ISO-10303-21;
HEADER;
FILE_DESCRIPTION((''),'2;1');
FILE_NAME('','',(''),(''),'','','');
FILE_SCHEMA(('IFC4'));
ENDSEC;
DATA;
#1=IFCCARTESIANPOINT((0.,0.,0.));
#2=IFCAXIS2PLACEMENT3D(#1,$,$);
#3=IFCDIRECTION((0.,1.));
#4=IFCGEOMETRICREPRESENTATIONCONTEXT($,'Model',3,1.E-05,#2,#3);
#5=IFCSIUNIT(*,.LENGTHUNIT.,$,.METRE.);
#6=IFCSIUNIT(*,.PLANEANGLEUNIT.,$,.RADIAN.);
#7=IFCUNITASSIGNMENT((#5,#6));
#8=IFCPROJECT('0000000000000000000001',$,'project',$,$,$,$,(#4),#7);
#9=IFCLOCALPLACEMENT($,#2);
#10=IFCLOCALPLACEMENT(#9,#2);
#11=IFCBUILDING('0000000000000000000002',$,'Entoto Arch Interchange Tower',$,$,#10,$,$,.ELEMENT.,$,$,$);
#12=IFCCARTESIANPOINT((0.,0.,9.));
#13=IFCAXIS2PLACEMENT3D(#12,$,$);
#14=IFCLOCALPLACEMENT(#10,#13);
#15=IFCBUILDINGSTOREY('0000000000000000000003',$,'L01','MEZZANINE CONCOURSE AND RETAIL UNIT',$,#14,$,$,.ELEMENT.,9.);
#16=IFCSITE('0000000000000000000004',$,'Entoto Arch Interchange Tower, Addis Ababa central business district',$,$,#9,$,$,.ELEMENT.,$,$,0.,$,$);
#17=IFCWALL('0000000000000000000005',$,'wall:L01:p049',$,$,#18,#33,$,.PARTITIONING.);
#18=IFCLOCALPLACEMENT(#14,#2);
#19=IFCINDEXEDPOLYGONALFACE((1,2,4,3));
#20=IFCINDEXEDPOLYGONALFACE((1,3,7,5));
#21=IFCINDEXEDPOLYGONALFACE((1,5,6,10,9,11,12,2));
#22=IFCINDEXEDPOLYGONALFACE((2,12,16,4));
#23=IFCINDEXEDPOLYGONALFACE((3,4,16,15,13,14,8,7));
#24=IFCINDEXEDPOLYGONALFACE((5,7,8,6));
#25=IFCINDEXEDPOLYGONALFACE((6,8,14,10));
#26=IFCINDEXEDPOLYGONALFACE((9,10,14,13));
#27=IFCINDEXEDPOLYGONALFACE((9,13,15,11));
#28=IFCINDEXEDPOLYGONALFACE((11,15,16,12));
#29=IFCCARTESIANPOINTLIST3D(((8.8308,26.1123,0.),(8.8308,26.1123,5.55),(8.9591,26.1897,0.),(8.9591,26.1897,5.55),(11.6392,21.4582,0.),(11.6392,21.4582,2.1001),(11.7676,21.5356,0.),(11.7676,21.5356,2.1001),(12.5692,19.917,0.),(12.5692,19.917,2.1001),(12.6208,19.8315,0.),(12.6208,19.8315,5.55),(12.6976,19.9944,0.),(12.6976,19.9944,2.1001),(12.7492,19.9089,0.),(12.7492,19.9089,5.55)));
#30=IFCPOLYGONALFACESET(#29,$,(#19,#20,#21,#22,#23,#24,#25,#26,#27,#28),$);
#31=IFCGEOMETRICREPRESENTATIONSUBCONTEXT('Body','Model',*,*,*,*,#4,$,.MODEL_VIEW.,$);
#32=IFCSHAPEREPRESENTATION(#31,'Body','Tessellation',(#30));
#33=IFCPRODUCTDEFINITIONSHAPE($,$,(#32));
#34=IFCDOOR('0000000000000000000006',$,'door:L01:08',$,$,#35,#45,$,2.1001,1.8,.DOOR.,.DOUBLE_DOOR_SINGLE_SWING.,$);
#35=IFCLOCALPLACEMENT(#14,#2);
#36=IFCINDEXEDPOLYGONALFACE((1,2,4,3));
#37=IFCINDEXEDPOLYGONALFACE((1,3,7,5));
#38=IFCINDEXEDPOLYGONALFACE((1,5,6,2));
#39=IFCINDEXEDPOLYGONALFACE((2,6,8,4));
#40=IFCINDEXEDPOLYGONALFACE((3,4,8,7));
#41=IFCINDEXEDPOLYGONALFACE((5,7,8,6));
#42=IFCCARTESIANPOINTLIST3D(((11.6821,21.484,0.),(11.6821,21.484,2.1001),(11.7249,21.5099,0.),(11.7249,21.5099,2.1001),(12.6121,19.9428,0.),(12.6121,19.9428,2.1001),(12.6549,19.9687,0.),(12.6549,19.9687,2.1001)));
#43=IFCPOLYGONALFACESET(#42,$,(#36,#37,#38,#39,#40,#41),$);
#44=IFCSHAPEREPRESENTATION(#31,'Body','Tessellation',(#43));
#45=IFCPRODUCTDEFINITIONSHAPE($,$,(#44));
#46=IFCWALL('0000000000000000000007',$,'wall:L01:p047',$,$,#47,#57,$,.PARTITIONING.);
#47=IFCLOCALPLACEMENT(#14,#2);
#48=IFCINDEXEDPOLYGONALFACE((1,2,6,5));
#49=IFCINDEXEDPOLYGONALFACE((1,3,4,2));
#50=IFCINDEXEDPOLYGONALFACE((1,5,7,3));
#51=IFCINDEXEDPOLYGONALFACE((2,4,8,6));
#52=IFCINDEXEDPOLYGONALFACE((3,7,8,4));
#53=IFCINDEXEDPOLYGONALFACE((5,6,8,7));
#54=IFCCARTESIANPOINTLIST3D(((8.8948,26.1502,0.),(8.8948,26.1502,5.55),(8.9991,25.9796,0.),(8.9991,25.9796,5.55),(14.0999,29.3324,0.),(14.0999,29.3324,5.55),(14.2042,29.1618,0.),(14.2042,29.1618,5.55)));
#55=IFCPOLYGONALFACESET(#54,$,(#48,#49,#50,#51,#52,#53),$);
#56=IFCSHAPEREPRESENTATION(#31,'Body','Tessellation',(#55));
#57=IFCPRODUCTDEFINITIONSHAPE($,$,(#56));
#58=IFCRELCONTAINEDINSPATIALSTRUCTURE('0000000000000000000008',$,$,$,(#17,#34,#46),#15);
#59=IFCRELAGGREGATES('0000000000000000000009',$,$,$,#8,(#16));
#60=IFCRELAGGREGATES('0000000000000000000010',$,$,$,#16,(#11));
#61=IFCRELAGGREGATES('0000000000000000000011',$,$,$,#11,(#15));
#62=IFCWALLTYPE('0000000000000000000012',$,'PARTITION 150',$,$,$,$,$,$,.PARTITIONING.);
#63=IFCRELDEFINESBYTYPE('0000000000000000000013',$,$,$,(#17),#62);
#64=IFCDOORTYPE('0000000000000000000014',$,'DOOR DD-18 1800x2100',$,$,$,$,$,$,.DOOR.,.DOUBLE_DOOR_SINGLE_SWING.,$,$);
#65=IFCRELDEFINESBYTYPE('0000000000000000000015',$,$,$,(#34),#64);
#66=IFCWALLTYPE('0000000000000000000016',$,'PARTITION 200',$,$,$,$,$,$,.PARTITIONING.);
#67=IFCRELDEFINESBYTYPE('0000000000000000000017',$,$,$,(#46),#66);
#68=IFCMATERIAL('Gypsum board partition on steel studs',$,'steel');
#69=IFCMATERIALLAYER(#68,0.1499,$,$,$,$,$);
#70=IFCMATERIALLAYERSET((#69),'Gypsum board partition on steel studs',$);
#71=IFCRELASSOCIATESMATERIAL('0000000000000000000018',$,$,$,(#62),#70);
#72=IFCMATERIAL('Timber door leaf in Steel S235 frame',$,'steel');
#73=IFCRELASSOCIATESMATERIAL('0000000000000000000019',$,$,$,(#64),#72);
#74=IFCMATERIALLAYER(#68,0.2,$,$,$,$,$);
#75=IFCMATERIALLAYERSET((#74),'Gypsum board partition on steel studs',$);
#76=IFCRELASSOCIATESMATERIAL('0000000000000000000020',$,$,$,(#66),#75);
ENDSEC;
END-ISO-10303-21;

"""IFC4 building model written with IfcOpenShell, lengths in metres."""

from ifc_helpers import new_model, si_unit, direction, frame, frame_2d, origin, place, context, subcontext, project, spatial, rectangle, extrude, material, layer, layer_set, type_object, element, fill, save


model = new_model("IFC4")

# Units and contexts
model_context = context("Model", 3, precision=1e-05, world=origin(), true_north=direction((0.0, 1.0)))
body_context = subcontext(model_context, "Body", "Model", "MODEL_VIEW")
ifc_project = project(units=[si_unit("LENGTHUNIT", "METRE"), si_unit("PLANEANGLEUNIT", "RADIAN")], contexts=[model_context])

# Site, building, storey
site_placement = place(None, origin())
site = spatial("IfcSite", under=ifc_project, at=site_placement, Name="Entoto Arch Interchange Tower, Addis Ababa central business district", CompositionType="ELEMENT", RefElevation=0.0)
building_placement = place(site_placement, origin())
building = spatial("IfcBuilding", under=site, at=building_placement, Name="Entoto Arch Interchange Tower", CompositionType="ELEMENT")
storey_placement = place(building_placement, frame((0.0, 0.0, 9.0)))
storey = spatial("IfcBuildingStorey", under=building, at=storey_placement, Name="L01", Description="MEZZANINE CONCOURSE AND RETAIL UNIT", CompositionType="ELEMENT", Elevation=9.0)

# Wall, opening, door
ifc_material_1 = material(Name="Gypsum board partition on steel studs", Category="steel")
ifc_layer_1 = layer(ifc_material_1, 0.1499)
ifc_layer_set_1 = layer_set([ifc_layer_1], Name="Gypsum board partition on steel studs")
wall_type_1 = type_object("IfcWallType", Name="PARTITION 150", PredefinedType="PARTITIONING", material=ifc_layer_set_1)
wall_1_placement = place(storey_placement, frame((12.6851, 19.8701, 0.0), z_axis=(0.0, 0.0, 1.0), x_axis=(-0.516657, 0.856192, 0.0)))
wall_1 = element("IfcWall", 1, at=wall_1_placement, inside=storey, type_object=wall_type_1, Name="wall:L01:p049", PredefinedType="PARTITIONING", context=body_context, shape_type="SweptSolid", body=[
    extrude(rectangle(XDim=7.3357, YDim=0.1499, at=frame_2d((3.668, 0.0))), origin(), (0.0, 0.0, 1.0), 5.55),
])
opening_1_placement = place(wall_1_placement, frame((0.1001, 0.0, 0.0)))
opening_1 = element("IfcOpeningElement", 2, at=opening_1_placement, cuts=wall_1, PredefinedType="OPENING", context=body_context, shape_type="SweptSolid", body=[
    extrude(rectangle(XDim=1.8, YDim=2.1001, at=frame_2d((0.8999, 1.05))), frame((0.0, 0.085, 0.0), z_axis=(0.0, -1.0, 0.0), x_axis=(1.0, 0.0, 0.0)), (0.0, 0.0, 1.0), 0.1699),
])
ifc_material_2 = material(Name="Timber door leaf in Steel S235 frame", Category="steel")
door_type_1 = type_object("IfcDoorType", Name="DOOR DD-18 1800x2100", OperationType="DOUBLE_DOOR_SINGLE_SWING", PredefinedType="DOOR", material=ifc_material_2)
door_1_placement = place(opening_1_placement, origin())
door_1 = element("IfcDoor", 3, at=door_1_placement, inside=storey, type_object=door_type_1, Name="door:L01:08", OperationType="DOUBLE_DOOR_SINGLE_SWING", OverallHeight=2.1001, OverallWidth=1.8, PredefinedType="DOOR", context=body_context, shape_type="SweptSolid", body=[
    extrude(rectangle(XDim=1.8, YDim=2.1001, at=frame_2d((0.8999, 1.05))), frame((0.0, 0.0249, 0.0), z_axis=(0.0, -1.0, 0.0), x_axis=(1.0, 0.0, 0.0)), (0.0, 0.0, 1.0), 0.05),
])
fill(opening_1, door_1)

# Wall
ifc_layer_2 = layer(ifc_material_1, 0.2)
ifc_layer_set_2 = layer_set([ifc_layer_2], Name="Gypsum board partition on steel studs")
wall_type_2 = type_object("IfcWallType", Name="PARTITION 200", PredefinedType="PARTITIONING", material=ifc_layer_set_2)
wall_2_placement = place(storey_placement, frame((8.947, 26.0649, 0.0), z_axis=(0.0, 0.0, 1.0), x_axis=(0.853191, 0.521599, 0.0)))
element("IfcWall", 4, at=wall_2_placement, inside=storey, type_object=wall_type_2, Name="wall:L01:p047", PredefinedType="PARTITIONING", context=body_context, shape_type="SweptSolid", body=[
    extrude(rectangle(XDim=6.1008, YDim=0.2, at=frame_2d((3.0503, 0.0))), origin(), (0.0, 0.0, 1.0), 5.55),
])

save(model, "model.ifc")
